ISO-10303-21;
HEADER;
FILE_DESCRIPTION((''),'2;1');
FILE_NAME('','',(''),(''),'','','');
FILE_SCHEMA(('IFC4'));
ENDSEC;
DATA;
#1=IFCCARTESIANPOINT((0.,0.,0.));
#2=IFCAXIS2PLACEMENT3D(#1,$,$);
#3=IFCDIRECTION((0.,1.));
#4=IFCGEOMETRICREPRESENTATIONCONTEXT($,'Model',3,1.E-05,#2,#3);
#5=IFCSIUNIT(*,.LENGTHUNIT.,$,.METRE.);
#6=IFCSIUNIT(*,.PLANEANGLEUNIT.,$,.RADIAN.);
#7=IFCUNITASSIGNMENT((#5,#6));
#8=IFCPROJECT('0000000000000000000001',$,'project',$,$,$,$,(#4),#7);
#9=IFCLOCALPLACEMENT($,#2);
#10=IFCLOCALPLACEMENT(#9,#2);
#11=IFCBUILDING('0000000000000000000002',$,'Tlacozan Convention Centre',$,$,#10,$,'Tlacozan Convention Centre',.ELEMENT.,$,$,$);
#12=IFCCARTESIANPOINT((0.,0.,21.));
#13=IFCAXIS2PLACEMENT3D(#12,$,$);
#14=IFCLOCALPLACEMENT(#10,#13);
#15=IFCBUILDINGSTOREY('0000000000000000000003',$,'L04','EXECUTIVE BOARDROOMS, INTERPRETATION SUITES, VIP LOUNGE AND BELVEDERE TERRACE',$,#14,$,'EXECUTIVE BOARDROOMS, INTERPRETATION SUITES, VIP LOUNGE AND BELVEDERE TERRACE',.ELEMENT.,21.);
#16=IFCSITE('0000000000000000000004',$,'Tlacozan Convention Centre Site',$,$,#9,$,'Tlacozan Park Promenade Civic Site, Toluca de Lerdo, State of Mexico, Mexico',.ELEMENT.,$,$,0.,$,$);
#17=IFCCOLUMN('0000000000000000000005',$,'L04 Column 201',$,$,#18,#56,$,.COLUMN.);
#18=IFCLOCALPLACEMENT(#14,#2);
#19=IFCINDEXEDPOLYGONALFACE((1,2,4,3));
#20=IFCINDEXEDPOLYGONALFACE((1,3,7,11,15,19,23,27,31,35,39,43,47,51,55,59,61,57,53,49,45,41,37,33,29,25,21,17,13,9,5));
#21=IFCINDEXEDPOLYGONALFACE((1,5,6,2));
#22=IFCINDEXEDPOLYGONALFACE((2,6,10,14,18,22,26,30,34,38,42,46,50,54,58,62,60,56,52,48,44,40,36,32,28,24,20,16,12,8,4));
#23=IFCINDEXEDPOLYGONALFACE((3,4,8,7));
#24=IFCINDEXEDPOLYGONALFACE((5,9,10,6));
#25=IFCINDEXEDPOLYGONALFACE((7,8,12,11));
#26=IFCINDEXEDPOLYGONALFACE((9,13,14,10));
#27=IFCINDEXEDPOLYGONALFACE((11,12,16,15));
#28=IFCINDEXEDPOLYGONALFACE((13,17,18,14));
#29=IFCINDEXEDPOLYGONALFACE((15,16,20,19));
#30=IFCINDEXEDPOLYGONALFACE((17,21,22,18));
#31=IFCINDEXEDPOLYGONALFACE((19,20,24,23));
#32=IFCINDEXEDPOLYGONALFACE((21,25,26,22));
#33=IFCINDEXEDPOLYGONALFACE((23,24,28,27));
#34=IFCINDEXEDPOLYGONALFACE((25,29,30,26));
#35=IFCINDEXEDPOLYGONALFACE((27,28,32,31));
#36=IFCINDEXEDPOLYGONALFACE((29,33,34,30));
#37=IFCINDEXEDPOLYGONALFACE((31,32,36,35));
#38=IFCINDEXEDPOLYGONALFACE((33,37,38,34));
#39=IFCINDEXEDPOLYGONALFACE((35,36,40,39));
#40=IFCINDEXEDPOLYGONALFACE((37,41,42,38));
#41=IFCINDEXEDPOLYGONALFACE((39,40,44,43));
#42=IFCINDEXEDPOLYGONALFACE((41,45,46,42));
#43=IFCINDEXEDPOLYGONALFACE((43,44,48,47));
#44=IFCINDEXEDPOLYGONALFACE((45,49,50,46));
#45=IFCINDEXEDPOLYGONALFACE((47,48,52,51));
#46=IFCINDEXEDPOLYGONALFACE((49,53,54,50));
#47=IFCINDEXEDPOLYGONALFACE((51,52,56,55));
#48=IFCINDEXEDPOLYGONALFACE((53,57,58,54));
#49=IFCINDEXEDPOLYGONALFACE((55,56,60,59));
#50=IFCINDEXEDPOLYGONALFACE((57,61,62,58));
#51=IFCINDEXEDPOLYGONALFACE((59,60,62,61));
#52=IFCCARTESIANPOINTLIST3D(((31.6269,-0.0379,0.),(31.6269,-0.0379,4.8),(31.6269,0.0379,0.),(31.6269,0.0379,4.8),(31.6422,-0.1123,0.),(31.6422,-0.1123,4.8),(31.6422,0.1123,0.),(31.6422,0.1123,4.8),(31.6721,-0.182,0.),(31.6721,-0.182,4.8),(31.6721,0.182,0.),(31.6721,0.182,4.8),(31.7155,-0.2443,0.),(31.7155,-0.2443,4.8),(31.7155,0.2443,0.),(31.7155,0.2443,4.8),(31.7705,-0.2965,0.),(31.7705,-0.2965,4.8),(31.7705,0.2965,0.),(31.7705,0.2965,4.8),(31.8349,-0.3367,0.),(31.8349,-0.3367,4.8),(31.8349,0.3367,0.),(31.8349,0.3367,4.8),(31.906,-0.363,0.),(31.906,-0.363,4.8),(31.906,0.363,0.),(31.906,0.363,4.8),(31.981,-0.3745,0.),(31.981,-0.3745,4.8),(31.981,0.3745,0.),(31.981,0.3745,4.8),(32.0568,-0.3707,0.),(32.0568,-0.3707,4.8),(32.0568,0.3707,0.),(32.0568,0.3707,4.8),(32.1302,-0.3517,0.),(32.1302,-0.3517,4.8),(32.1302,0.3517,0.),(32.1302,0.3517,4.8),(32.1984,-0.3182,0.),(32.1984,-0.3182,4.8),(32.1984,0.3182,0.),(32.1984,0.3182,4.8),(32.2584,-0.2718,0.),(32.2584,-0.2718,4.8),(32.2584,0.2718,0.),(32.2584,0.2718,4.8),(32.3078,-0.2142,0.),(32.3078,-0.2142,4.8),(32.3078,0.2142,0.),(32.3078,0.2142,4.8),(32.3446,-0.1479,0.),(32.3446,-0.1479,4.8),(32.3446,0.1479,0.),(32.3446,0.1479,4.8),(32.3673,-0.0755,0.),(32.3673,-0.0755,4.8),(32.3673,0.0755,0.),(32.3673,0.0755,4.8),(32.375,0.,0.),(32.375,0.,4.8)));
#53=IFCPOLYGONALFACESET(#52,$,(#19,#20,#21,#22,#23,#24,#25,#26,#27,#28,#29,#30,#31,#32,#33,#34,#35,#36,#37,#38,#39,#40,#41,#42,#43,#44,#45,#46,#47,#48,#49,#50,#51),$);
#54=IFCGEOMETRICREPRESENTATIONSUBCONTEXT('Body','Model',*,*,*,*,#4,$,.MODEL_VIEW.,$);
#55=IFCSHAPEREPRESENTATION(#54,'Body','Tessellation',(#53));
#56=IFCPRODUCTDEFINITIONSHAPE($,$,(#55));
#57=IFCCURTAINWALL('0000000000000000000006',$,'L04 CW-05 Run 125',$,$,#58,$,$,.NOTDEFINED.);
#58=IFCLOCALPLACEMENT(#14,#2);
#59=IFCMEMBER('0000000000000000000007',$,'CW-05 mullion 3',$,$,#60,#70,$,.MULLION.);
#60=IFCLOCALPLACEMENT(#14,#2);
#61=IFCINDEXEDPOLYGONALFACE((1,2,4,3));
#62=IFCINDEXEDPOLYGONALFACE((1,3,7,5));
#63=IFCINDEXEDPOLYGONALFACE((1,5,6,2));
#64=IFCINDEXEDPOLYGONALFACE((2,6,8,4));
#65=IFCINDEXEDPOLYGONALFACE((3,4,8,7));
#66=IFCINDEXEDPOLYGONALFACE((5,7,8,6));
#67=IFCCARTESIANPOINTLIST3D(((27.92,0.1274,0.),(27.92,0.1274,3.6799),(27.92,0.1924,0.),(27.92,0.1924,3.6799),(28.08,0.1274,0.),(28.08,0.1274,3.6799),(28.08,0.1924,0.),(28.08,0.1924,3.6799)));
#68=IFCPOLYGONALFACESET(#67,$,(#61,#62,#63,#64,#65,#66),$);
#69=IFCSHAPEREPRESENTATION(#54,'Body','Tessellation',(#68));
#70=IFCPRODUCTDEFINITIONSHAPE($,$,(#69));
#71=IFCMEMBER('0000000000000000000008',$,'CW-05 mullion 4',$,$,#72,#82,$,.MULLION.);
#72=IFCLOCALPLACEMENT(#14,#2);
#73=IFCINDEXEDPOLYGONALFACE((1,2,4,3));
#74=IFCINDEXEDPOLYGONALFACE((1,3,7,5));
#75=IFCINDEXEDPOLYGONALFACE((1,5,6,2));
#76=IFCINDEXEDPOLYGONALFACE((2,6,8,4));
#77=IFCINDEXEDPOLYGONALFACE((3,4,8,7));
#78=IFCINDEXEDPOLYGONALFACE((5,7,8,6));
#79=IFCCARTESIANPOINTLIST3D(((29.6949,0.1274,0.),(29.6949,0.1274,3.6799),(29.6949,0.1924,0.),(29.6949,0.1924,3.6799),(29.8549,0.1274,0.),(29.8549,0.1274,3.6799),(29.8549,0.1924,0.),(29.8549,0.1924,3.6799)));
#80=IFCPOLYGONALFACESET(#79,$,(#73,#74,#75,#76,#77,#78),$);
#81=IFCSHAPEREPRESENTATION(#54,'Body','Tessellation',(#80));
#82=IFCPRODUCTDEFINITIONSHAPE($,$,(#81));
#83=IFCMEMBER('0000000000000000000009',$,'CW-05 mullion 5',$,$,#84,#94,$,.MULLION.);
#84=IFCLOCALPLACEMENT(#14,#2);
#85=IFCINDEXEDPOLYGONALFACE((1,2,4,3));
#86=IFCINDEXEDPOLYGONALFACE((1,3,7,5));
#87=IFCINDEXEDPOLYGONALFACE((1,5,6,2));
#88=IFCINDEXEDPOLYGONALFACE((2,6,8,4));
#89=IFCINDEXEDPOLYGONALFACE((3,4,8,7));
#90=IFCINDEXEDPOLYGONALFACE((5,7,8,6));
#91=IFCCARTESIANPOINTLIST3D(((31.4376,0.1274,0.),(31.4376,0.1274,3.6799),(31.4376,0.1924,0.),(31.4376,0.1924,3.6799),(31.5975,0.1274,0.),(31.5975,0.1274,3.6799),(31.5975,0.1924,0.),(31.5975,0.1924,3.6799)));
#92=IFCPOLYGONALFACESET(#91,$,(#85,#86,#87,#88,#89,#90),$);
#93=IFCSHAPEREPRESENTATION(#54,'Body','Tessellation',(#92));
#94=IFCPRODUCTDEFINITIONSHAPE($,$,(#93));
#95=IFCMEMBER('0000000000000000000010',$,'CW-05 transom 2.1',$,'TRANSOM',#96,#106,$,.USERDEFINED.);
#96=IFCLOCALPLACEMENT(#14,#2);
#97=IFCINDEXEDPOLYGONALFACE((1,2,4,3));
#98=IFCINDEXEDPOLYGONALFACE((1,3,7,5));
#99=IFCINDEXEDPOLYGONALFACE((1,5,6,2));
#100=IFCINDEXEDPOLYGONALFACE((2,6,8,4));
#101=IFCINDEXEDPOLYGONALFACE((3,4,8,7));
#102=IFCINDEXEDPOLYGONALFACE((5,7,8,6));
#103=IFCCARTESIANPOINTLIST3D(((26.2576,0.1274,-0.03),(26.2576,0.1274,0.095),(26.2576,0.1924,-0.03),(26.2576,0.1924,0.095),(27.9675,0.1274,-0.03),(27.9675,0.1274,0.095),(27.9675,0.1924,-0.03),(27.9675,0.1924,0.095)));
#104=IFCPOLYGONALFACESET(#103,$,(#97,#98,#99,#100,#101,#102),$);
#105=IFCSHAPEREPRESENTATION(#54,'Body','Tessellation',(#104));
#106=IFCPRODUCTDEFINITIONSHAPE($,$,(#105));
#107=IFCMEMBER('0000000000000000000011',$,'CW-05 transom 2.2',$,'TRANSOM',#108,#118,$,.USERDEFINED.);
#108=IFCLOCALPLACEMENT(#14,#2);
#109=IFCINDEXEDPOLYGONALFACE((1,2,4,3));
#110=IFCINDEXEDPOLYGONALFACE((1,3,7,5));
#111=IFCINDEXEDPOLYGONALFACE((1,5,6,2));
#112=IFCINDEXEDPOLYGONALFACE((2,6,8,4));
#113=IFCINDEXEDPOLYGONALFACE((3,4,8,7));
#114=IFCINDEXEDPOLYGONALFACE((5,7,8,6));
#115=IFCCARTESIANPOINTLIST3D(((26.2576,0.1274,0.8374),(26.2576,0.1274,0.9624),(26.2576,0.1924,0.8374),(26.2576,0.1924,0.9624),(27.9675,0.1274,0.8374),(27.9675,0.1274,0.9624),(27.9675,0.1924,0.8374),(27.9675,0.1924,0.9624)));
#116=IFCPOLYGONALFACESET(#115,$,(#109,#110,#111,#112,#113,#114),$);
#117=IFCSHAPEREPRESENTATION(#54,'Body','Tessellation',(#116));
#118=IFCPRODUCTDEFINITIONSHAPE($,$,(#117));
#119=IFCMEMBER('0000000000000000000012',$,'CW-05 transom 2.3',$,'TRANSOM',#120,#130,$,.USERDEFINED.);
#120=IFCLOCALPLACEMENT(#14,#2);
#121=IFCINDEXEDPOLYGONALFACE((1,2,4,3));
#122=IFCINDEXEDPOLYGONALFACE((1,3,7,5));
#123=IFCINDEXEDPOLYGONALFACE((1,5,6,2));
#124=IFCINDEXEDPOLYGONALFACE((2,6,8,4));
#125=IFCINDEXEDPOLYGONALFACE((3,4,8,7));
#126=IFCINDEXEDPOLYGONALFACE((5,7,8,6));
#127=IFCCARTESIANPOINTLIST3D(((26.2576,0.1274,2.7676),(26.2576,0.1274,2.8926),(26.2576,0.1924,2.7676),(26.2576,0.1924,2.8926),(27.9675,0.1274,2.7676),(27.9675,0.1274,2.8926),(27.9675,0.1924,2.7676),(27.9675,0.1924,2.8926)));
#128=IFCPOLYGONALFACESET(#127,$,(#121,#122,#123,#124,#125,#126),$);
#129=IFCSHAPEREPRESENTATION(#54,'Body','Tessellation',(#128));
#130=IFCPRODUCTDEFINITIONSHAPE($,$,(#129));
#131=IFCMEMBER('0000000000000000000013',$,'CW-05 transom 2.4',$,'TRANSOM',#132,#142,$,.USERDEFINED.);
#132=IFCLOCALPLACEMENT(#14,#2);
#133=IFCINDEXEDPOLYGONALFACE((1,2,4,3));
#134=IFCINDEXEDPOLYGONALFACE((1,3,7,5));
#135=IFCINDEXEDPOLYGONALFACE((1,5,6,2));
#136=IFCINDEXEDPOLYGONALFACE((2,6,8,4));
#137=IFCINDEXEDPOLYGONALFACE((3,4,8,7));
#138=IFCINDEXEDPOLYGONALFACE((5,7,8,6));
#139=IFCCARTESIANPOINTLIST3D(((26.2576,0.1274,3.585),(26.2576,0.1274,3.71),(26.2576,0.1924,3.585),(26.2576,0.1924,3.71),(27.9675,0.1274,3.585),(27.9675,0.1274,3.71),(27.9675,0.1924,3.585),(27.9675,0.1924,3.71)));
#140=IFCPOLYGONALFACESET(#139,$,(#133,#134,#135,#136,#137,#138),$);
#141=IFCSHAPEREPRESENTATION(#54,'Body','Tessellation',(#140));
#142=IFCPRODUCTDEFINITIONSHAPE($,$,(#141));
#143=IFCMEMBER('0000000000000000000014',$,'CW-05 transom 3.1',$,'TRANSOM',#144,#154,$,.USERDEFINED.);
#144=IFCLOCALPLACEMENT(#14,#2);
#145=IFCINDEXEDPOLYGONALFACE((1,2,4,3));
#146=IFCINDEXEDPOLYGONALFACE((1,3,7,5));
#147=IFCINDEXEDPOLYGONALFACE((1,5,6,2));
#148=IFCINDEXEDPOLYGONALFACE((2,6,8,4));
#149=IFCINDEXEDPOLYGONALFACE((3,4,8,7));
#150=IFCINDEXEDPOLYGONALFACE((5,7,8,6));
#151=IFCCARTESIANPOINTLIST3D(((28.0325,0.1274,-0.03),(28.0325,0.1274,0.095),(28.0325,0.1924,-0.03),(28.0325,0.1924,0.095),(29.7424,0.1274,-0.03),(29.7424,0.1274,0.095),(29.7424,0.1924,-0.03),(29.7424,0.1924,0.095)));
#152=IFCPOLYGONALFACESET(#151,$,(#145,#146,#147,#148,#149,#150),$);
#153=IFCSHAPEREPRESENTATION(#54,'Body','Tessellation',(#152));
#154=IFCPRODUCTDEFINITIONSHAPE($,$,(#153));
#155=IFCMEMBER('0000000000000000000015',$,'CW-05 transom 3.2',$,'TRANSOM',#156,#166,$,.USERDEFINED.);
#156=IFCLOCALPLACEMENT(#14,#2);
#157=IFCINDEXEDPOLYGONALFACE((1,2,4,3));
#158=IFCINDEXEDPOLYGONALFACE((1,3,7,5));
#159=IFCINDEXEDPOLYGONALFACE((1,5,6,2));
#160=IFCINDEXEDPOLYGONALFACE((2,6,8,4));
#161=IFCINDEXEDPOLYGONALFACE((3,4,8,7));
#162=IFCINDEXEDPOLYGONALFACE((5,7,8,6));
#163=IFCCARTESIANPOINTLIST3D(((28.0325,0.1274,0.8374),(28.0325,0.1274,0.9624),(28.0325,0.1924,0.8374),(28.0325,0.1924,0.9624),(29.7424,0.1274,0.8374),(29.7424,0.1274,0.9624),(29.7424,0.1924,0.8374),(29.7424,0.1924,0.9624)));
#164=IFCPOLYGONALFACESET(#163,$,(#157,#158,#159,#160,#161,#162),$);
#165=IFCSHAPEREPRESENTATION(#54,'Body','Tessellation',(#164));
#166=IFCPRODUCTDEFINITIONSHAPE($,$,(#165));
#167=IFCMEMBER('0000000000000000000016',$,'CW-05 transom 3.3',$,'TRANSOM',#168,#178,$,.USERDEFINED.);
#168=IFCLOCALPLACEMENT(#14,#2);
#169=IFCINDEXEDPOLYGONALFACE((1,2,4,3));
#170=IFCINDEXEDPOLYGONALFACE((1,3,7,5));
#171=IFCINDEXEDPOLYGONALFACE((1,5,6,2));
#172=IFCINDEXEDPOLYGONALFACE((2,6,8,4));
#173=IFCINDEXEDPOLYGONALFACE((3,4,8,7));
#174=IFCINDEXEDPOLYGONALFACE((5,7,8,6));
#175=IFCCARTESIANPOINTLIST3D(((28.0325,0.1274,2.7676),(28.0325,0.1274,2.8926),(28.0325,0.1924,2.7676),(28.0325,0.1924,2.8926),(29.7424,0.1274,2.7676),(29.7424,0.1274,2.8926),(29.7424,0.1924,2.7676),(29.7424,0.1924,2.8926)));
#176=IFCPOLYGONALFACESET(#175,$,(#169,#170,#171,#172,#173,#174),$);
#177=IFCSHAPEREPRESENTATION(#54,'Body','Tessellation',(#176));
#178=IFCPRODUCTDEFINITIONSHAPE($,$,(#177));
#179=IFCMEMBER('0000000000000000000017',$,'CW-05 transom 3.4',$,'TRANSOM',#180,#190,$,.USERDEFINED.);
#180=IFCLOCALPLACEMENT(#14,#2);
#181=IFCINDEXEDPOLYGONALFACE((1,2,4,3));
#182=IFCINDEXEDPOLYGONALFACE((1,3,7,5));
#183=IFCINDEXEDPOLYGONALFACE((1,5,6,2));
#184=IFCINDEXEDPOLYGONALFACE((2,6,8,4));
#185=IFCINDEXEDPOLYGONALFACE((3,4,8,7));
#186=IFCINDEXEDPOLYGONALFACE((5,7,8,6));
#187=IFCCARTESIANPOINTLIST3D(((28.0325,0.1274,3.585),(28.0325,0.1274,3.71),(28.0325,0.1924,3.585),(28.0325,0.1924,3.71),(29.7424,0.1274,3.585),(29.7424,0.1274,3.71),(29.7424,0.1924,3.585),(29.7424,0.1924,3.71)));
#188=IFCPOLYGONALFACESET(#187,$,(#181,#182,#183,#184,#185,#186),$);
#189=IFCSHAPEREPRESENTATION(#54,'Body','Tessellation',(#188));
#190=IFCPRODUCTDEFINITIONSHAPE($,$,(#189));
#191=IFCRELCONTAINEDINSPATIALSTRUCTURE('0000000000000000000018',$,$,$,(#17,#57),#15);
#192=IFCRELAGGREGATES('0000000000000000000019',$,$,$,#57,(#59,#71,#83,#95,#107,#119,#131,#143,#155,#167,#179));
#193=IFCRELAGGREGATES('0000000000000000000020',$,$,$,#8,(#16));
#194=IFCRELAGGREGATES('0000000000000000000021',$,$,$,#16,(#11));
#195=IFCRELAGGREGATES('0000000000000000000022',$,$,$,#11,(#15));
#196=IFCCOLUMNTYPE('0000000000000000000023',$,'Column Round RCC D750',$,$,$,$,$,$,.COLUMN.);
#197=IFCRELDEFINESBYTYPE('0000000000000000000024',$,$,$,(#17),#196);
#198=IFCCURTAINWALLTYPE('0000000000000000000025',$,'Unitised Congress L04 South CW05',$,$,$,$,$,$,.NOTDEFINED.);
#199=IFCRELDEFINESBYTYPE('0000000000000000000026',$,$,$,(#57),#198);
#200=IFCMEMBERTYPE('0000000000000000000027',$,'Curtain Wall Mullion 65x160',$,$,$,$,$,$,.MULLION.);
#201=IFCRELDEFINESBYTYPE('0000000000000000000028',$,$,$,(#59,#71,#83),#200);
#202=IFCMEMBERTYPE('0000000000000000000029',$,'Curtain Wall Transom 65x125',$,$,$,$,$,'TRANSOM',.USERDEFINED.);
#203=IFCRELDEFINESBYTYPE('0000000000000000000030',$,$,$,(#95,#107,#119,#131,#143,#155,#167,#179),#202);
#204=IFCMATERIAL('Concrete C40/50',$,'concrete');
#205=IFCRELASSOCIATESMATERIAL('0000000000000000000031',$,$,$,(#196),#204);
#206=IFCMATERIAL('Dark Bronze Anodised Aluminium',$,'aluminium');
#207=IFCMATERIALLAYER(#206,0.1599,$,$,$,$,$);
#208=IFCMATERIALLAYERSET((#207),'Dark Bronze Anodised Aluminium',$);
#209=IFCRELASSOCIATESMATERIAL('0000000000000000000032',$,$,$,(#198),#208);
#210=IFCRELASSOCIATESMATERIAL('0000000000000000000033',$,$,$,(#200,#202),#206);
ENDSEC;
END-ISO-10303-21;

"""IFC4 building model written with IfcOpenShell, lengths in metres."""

from ifc_helpers import new_model, si_unit, direction, frame, origin, origin_2d, place, context, subcontext, project, spatial, rectangle, circle, extrude, material, layer, layer_set, material_profile, profile_set, type_object, element, aggregate, save


model = new_model("IFC4")

# Units and contexts
model_context = context("Model", 3, precision=1e-05, world=origin(), true_north=direction((0.0, 1.0)))
body_context = subcontext(model_context, "Body", "Model", "MODEL_VIEW")
ifc_project = project(units=[si_unit("LENGTHUNIT", "METRE"), si_unit("PLANEANGLEUNIT", "RADIAN")], contexts=[model_context])

# Site, building, storey
site_placement = place(None, origin())
site = spatial("IfcSite", under=ifc_project, at=site_placement, Name="Tlacozan Convention Centre Site", LongName="Tlacozan Park Promenade Civic Site, Toluca de Lerdo, State of Mexico, Mexico", CompositionType="ELEMENT", RefElevation=0.0)
building_placement = place(site_placement, origin())
building = spatial("IfcBuilding", under=site, at=building_placement, Name="Tlacozan Convention Centre", LongName="Tlacozan Convention Centre", CompositionType="ELEMENT")
storey_placement = place(building_placement, frame((0.0, 0.0, 21.0)))
storey = spatial("IfcBuildingStorey", under=building, at=storey_placement, Name="L04", Description="EXECUTIVE BOARDROOMS, INTERPRETATION SUITES, VIP LOUNGE AND BELVEDERE TERRACE", LongName="EXECUTIVE BOARDROOMS, INTERPRETATION SUITES, VIP LOUNGE AND BELVEDERE TERRACE", CompositionType="ELEMENT", Elevation=21.0)

# Column
ifc_material_1 = material(Name="Concrete C40/50", Category="concrete")
ifc_material_profile_1 = material_profile(ifc_material_1, circle(Radius=0.375, at=origin_2d()), Name="RCC D750")
ifc_profile_set_1 = profile_set([ifc_material_profile_1], Name="Concrete C40/50")
column_type = type_object("IfcColumnType", Name="Column Round RCC D750", PredefinedType="COLUMN", material=ifc_profile_set_1)
column_placement = place(storey_placement, frame((32.0, 0.0, 0.0), z_axis=(0.0, 0.0, 1.0), x_axis=(1.0, 0.0, 0.0)))
element("IfcColumn", 1, at=column_placement, inside=storey, type_object=column_type, Name="L04 Column 201", PredefinedType="COLUMN", context=body_context, shape_type="SweptSolid", body=[
    extrude(circle(Radius=0.375, at=origin_2d()), origin(), (0.0, 0.0, 1.0), 4.8),
])

# Curtain wall, members
ifc_material_2 = material(Name="Dark Bronze Anodised Aluminium", Category="aluminium")
ifc_layer_1 = layer(ifc_material_2, 0.1599)
ifc_layer_set_1 = layer_set([ifc_layer_1], Name="Dark Bronze Anodised Aluminium")
curtain_wall_type = type_object("IfcCurtainWallType", Name="Unitised Congress L04 South CW05", PredefinedType="NOTDEFINED", material=ifc_layer_set_1)
curtain_wall_placement = place(storey_placement, origin())
curtain_wall = element("IfcCurtainWall", 2, at=curtain_wall_placement, inside=storey, type_object=curtain_wall_type, Name="L04 CW-05 Run 125", PredefinedType="NOTDEFINED")
ifc_material_profile_2 = material_profile(ifc_material_2, rectangle(XDim=0.0649, YDim=0.1599, at=origin_2d()), Name="ALU 65x160")
ifc_profile_set_2 = profile_set([ifc_material_profile_2], Name="Dark Bronze Anodised Aluminium")
member_type_1 = type_object("IfcMemberType", Name="Curtain Wall Mullion 65x160", PredefinedType="MULLION", material=ifc_profile_set_2)
member_1_placement = place(storey_placement, frame((28.0, 0.1599, 0.0), z_axis=(0.0, 0.0, 1.0), x_axis=(0.0, 1.0, 0.0)))
member_1 = element("IfcMember", 3, at=member_1_placement, type_object=member_type_1, Name="CW-05 mullion 3", PredefinedType="MULLION", context=body_context, shape_type="SweptSolid", body=[
    extrude(rectangle(XDim=0.0649, YDim=0.1599, at=origin_2d()), origin(), (0.0, 0.0, 1.0), 3.6799),
])
member_2_placement = place(storey_placement, frame((29.7749, 0.1599, 0.0), z_axis=(0.0, 0.0, 1.0), x_axis=(0.0, 1.0, 0.0)))
member_2 = element("IfcMember", 4, at=member_2_placement, type_object=member_type_1, Name="CW-05 mullion 4", PredefinedType="MULLION", context=body_context, shape_type="SweptSolid", body=[
    extrude(rectangle(XDim=0.0649, YDim=0.1599, at=origin_2d()), origin(), (0.0, 0.0, 1.0), 3.6799),
])
member_3_placement = place(storey_placement, frame((31.5176, 0.1599, 0.0), z_axis=(0.0, 0.0, 1.0), x_axis=(0.0, 1.0, 0.0)))
member_3 = element("IfcMember", 5, at=member_3_placement, type_object=member_type_1, Name="CW-05 mullion 5", PredefinedType="MULLION", context=body_context, shape_type="SweptSolid", body=[
    extrude(rectangle(XDim=0.0649, YDim=0.1599, at=origin_2d()), origin(), (0.0, 0.0, 1.0), 3.6799),
])
ifc_material_profile_3 = material_profile(ifc_material_2, rectangle(XDim=0.0649, YDim=0.125, at=origin_2d()), Name="ALU 65x125")
ifc_profile_set_3 = profile_set([ifc_material_profile_3], Name="Dark Bronze Anodised Aluminium")
member_type_2 = type_object("IfcMemberType", Name="Curtain Wall Transom 65x125", ElementType="TRANSOM", PredefinedType="USERDEFINED", material=ifc_profile_set_3)
member_4_placement = place(storey_placement, frame((26.2576, 0.1599, 0.0325), z_axis=(1.0, 0.0, 0.0), x_axis=(0.0, 1.0, 0.0)))
member_4 = element("IfcMember", 6, at=member_4_placement, type_object=member_type_2, Name="CW-05 transom 2.1", ObjectType="TRANSOM", PredefinedType="USERDEFINED", context=body_context, shape_type="SweptSolid", body=[
    extrude(rectangle(XDim=0.0649, YDim=0.125, at=origin_2d()), origin(), (0.0, 0.0, 1.0), 1.71),
])
member_5_placement = place(storey_placement, frame((26.2576, 0.1599, 0.8999), z_axis=(1.0, 0.0, 0.0), x_axis=(0.0, 1.0, 0.0)))
member_5 = element("IfcMember", 7, at=member_5_placement, type_object=member_type_2, Name="CW-05 transom 2.2", ObjectType="TRANSOM", PredefinedType="USERDEFINED", context=body_context, shape_type="SweptSolid", body=[
    extrude(rectangle(XDim=0.0649, YDim=0.125, at=origin_2d()), origin(), (0.0, 0.0, 1.0), 1.71),
])
member_6_placement = place(storey_placement, frame((26.2576, 0.1599, 2.8301), z_axis=(1.0, 0.0, 0.0), x_axis=(0.0, 1.0, 0.0)))
member_6 = element("IfcMember", 8, at=member_6_placement, type_object=member_type_2, Name="CW-05 transom 2.3", ObjectType="TRANSOM", PredefinedType="USERDEFINED", context=body_context, shape_type="SweptSolid", body=[
    extrude(rectangle(XDim=0.0649, YDim=0.125, at=origin_2d()), origin(), (0.0, 0.0, 1.0), 1.71),
])
member_7_placement = place(storey_placement, frame((26.2576, 0.1599, 3.6475), z_axis=(1.0, 0.0, 0.0), x_axis=(0.0, 1.0, 0.0)))
member_7 = element("IfcMember", 9, at=member_7_placement, type_object=member_type_2, Name="CW-05 transom 2.4", ObjectType="TRANSOM", PredefinedType="USERDEFINED", context=body_context, shape_type="SweptSolid", body=[
    extrude(rectangle(XDim=0.0649, YDim=0.125, at=origin_2d()), origin(), (0.0, 0.0, 1.0), 1.71),
])
member_8_placement = place(storey_placement, frame((28.0325, 0.1599, 0.0325), z_axis=(1.0, 0.0, 0.0), x_axis=(0.0, 1.0, 0.0)))
member_8 = element("IfcMember", 10, at=member_8_placement, type_object=member_type_2, Name="CW-05 transom 3.1", ObjectType="TRANSOM", PredefinedType="USERDEFINED", context=body_context, shape_type="SweptSolid", body=[
    extrude(rectangle(XDim=0.0649, YDim=0.125, at=origin_2d()), origin(), (0.0, 0.0, 1.0), 1.71),
])
member_9_placement = place(storey_placement, frame((28.0325, 0.1599, 0.8999), z_axis=(1.0, 0.0, 0.0), x_axis=(0.0, 1.0, 0.0)))
member_9 = element("IfcMember", 11, at=member_9_placement, type_object=member_type_2, Name="CW-05 transom 3.2", ObjectType="TRANSOM", PredefinedType="USERDEFINED", context=body_context, shape_type="SweptSolid", body=[
    extrude(rectangle(XDim=0.0649, YDim=0.125, at=origin_2d()), origin(), (0.0, 0.0, 1.0), 1.71),
])
member_10_placement = place(storey_placement, frame((28.0325, 0.1599, 2.8301), z_axis=(1.0, 0.0, 0.0), x_axis=(0.0, 1.0, 0.0)))
member_10 = element("IfcMember", 12, at=member_10_placement, type_object=member_type_2, Name="CW-05 transom 3.3", ObjectType="TRANSOM", PredefinedType="USERDEFINED", context=body_context, shape_type="SweptSolid", body=[
    extrude(rectangle(XDim=0.0649, YDim=0.125, at=origin_2d()), origin(), (0.0, 0.0, 1.0), 1.71),
])
member_11_placement = place(storey_placement, frame((28.0325, 0.1599, 3.6475), z_axis=(1.0, 0.0, 0.0), x_axis=(0.0, 1.0, 0.0)))
member_11 = element("IfcMember", 13, at=member_11_placement, type_object=member_type_2, Name="CW-05 transom 3.4", ObjectType="TRANSOM", PredefinedType="USERDEFINED", context=body_context, shape_type="SweptSolid", body=[
    extrude(rectangle(XDim=0.0649, YDim=0.125, at=origin_2d()), origin(), (0.0, 0.0, 1.0), 1.71),
])

aggregate(curtain_wall, [member_1, member_2, member_3, member_4, member_5, member_6, member_7, member_8, member_9, member_10, member_11])

save(model, "model.ifc")
